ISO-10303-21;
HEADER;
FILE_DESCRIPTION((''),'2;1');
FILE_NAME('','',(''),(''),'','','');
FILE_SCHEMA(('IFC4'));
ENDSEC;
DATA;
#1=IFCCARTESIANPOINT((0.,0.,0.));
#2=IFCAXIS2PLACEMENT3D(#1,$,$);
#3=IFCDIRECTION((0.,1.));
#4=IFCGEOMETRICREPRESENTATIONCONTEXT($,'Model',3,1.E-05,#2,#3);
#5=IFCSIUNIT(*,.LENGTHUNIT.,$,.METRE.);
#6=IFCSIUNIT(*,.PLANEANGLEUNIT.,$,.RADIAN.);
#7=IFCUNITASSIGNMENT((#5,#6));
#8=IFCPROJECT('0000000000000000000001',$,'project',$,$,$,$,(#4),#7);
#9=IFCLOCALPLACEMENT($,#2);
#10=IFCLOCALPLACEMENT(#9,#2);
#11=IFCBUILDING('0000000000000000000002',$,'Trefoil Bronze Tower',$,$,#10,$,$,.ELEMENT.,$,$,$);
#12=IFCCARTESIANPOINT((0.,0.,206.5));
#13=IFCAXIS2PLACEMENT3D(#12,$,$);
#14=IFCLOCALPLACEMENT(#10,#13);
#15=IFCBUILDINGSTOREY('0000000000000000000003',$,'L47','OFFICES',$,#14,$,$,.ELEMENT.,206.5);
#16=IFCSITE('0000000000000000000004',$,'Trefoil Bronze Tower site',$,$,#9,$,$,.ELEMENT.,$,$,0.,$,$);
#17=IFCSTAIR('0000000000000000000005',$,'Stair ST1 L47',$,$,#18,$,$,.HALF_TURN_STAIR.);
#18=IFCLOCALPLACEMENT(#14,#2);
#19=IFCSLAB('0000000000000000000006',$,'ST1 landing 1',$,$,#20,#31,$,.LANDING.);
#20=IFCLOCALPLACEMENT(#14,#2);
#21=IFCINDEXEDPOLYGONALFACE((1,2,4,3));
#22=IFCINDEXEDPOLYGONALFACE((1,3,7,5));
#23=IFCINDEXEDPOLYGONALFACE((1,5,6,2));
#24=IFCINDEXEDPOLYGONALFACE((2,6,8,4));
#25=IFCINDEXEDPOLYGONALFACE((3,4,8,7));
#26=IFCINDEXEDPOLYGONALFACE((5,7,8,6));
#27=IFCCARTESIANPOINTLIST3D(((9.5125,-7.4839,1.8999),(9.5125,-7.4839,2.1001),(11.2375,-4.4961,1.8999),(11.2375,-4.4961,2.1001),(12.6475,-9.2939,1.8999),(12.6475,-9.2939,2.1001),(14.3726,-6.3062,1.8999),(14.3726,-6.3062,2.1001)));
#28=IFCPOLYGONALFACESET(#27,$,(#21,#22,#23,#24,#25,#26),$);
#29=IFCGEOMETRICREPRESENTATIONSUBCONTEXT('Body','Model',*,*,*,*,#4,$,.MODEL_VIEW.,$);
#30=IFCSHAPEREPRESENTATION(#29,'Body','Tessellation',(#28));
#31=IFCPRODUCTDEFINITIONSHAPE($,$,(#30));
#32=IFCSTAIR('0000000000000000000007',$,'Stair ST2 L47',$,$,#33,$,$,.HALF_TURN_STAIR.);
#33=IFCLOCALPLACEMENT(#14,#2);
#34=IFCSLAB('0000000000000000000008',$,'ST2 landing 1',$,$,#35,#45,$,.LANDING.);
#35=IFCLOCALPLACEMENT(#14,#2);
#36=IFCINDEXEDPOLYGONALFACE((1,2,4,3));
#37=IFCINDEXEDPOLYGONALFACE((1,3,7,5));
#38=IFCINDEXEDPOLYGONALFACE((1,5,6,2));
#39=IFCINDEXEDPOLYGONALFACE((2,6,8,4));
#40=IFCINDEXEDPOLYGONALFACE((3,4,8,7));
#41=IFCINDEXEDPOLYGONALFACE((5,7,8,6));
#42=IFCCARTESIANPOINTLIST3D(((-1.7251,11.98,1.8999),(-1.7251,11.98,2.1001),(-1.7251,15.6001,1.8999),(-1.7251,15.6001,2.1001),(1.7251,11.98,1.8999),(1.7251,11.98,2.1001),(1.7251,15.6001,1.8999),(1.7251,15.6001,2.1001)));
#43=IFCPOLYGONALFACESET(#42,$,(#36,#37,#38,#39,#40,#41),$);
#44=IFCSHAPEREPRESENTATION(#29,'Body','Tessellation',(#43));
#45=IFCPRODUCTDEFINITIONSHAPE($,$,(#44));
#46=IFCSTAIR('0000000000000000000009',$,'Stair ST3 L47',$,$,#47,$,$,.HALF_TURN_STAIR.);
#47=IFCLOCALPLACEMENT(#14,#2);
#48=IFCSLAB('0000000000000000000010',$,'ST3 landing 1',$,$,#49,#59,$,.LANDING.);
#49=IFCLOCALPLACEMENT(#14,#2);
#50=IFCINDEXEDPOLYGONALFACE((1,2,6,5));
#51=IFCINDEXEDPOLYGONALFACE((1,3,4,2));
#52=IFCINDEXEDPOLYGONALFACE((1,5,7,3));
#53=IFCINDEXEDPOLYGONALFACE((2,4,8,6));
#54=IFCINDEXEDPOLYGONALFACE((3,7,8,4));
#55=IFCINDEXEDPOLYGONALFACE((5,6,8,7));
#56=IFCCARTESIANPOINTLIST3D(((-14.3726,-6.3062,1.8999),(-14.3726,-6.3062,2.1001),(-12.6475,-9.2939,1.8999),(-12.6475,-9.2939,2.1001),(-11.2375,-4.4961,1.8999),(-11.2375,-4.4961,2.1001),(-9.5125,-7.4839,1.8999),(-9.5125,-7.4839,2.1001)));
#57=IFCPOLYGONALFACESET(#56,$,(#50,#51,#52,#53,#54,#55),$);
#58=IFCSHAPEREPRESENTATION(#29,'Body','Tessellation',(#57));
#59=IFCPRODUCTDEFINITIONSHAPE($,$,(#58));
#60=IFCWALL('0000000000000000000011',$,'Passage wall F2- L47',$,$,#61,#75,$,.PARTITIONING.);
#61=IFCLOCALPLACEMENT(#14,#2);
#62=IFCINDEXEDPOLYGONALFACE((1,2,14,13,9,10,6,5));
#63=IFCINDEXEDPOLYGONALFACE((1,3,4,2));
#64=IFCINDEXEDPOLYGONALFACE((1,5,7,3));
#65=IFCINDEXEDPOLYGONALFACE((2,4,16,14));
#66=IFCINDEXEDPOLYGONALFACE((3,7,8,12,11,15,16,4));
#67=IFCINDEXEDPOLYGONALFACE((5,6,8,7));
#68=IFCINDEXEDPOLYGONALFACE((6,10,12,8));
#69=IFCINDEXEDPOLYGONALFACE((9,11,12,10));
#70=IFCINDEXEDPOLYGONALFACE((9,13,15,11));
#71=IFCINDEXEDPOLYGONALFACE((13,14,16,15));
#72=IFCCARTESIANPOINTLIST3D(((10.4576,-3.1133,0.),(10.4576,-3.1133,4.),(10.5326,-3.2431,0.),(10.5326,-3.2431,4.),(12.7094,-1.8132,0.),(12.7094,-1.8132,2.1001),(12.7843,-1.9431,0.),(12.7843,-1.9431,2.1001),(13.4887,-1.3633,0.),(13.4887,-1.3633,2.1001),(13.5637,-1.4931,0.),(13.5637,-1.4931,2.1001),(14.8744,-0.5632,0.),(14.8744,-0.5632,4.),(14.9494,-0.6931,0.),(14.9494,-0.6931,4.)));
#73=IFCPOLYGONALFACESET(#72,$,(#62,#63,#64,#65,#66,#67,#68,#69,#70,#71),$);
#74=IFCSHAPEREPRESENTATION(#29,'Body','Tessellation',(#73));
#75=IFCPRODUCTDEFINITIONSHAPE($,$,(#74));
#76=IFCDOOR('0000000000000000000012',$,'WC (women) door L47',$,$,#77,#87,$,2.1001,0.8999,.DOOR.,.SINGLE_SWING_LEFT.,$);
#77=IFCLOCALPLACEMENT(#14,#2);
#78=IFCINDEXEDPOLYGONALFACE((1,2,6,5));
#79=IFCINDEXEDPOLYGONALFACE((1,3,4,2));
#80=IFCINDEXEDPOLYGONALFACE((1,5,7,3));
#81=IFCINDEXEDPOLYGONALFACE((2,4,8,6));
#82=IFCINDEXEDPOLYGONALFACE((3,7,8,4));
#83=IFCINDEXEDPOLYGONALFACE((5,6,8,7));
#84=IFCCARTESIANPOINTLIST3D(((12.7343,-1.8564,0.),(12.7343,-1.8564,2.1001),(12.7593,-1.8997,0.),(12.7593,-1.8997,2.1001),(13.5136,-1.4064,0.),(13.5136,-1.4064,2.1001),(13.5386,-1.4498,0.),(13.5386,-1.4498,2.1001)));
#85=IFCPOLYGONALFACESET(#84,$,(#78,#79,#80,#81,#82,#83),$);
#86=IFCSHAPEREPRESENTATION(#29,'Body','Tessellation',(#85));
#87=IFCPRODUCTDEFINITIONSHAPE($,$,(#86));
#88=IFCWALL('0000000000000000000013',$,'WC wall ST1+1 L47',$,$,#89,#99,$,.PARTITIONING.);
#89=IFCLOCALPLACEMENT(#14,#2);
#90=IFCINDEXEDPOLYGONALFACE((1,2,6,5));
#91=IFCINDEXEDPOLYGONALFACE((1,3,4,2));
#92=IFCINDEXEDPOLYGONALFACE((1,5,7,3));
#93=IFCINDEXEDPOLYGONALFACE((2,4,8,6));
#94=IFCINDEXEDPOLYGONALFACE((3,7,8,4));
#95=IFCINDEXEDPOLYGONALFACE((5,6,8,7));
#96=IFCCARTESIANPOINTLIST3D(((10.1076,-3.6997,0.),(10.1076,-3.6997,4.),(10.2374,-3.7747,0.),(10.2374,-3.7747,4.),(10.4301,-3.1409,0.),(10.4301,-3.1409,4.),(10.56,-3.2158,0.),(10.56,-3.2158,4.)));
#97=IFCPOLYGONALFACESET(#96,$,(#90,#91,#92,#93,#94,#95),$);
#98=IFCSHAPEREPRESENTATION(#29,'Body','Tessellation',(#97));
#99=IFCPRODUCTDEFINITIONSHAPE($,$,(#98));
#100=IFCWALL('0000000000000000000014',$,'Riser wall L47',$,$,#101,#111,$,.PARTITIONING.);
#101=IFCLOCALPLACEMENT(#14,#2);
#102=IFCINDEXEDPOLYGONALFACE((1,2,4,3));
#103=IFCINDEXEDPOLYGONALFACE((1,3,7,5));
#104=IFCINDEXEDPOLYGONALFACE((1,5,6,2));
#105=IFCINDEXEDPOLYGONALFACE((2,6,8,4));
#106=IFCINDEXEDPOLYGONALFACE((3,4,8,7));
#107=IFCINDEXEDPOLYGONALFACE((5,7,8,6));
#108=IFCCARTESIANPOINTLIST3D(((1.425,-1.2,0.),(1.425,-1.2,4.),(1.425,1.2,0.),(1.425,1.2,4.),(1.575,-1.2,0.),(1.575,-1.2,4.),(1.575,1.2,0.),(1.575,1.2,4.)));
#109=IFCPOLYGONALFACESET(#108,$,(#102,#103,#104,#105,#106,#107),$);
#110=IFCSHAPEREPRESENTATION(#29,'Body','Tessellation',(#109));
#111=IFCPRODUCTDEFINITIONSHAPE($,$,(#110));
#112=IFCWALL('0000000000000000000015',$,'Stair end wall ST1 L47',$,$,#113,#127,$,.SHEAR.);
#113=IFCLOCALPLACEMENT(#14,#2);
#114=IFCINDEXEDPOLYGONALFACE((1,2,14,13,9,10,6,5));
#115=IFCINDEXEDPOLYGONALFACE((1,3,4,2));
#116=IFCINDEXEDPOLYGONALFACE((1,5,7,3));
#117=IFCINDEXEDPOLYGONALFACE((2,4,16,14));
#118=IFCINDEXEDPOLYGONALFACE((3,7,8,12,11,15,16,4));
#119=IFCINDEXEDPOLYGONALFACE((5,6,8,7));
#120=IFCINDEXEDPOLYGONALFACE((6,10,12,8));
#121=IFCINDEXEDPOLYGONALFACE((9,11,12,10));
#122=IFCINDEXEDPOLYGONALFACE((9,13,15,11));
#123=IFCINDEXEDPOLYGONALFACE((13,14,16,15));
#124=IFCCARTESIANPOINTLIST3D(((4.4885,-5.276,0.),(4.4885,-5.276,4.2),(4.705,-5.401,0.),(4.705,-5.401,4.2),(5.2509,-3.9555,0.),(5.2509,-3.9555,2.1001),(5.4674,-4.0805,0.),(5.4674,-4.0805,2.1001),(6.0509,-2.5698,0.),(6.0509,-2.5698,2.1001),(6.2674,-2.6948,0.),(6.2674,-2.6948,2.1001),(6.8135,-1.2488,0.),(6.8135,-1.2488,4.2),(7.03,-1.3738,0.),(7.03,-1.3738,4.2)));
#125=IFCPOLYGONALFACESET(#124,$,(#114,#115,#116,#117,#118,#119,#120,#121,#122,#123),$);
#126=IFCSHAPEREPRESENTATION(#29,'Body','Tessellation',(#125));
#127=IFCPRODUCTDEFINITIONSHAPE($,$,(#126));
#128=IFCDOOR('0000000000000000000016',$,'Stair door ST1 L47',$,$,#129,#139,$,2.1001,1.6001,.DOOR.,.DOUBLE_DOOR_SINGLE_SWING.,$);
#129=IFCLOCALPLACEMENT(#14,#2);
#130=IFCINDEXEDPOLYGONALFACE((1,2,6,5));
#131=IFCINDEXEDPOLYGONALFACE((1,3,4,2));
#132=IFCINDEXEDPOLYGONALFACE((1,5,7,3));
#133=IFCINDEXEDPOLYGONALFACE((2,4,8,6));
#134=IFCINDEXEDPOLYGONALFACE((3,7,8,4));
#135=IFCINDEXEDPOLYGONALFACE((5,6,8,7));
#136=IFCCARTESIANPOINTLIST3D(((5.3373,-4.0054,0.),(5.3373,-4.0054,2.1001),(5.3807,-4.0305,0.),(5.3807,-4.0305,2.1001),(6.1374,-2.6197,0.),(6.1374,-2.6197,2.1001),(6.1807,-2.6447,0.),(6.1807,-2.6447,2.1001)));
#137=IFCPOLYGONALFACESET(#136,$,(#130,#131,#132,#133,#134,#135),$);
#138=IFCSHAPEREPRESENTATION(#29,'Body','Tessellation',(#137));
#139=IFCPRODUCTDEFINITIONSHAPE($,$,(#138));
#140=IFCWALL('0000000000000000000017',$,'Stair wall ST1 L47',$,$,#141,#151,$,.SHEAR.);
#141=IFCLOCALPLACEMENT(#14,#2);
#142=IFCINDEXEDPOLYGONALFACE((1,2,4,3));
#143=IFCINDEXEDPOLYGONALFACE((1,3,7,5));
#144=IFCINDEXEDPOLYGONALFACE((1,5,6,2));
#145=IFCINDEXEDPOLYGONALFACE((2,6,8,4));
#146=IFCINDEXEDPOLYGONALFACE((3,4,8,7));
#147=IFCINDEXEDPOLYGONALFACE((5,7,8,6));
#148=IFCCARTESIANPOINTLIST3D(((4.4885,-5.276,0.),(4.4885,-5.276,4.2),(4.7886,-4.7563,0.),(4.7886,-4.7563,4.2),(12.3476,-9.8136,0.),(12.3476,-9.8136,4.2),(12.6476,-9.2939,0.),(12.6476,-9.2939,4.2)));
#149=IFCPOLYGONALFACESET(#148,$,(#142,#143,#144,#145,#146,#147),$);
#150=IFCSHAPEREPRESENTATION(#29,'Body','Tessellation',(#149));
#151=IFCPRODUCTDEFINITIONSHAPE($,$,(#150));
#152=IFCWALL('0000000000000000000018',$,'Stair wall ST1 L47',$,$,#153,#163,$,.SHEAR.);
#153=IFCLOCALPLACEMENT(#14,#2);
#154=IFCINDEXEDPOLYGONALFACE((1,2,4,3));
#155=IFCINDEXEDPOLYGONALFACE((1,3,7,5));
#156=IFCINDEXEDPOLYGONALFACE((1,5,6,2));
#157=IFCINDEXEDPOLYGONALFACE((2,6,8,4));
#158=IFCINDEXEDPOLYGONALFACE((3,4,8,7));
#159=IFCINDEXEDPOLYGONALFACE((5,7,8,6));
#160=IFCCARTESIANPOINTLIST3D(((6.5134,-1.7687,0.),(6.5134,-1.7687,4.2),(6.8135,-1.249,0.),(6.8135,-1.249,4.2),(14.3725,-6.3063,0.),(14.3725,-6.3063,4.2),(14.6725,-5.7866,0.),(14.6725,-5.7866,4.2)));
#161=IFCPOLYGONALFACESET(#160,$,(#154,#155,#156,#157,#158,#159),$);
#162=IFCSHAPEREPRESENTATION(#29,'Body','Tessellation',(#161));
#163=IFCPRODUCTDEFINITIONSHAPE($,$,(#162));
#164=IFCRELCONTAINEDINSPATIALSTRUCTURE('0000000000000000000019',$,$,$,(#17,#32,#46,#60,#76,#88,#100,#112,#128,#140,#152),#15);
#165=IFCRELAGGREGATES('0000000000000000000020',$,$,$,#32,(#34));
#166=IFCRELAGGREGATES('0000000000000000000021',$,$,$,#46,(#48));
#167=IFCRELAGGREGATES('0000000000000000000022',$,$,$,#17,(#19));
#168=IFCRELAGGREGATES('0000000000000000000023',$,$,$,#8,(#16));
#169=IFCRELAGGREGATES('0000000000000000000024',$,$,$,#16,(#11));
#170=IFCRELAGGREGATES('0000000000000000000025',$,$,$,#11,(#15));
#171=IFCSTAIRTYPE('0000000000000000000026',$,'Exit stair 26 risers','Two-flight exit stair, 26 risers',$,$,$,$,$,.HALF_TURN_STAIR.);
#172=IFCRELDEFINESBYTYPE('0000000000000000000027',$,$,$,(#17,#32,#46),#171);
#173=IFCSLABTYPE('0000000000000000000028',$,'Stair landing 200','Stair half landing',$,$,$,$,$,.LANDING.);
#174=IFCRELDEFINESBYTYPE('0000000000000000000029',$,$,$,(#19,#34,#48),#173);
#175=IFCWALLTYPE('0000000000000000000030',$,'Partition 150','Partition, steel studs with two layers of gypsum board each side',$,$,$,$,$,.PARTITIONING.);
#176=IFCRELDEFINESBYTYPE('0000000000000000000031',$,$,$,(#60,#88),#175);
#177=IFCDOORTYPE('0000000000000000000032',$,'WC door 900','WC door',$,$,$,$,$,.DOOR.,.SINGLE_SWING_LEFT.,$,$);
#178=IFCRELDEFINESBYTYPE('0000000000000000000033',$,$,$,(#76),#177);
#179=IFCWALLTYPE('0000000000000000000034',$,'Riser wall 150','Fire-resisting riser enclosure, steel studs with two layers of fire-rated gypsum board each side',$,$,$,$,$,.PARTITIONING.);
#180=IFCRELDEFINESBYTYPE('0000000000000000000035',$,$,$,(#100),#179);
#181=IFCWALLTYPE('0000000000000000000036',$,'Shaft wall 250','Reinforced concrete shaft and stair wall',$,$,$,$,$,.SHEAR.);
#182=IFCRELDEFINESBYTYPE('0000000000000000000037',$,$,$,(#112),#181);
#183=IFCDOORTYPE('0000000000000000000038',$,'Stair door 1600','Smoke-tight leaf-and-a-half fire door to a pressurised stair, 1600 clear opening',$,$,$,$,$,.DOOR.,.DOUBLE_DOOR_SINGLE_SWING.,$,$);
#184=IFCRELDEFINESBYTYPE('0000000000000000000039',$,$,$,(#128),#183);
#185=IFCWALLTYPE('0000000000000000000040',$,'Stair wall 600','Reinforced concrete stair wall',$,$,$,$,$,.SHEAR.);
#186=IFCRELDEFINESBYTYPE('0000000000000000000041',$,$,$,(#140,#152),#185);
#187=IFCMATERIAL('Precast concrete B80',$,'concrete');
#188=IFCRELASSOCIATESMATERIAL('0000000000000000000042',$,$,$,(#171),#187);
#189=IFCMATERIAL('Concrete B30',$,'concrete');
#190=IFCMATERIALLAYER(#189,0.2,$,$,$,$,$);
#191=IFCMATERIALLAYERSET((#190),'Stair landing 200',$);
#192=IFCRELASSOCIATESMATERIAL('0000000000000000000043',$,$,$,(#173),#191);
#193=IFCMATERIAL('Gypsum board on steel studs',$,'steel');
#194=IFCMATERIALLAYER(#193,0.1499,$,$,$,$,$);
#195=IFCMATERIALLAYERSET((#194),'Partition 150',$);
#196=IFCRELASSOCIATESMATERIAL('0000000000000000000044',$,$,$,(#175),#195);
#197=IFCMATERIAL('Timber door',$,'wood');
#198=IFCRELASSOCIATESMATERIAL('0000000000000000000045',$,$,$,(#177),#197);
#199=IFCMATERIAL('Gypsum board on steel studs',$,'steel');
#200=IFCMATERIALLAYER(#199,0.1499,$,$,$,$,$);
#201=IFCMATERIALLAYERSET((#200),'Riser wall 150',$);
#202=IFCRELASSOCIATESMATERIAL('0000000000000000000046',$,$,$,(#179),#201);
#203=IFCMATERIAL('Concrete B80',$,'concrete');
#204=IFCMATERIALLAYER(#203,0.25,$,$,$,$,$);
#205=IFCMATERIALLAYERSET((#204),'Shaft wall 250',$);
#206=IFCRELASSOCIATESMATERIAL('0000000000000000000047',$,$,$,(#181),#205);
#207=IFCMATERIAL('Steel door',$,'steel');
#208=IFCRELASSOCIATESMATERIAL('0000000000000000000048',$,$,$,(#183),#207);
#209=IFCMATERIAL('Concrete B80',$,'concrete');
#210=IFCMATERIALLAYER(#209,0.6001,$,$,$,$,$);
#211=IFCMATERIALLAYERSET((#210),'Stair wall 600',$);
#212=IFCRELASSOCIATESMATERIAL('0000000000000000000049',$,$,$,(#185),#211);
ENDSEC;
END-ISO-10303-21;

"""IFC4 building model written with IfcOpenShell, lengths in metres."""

from ifc_helpers import new_model, si_unit, direction, frame, frame_2d, origin, place, context, subcontext, project, spatial, polyline, rectangle, outline, extrude, material, layer, layer_set, type_object, element, fill, aggregate, save


model = new_model("IFC4")

# Units and contexts
model_context = context("Model", 3, precision=1e-05, world=origin(), true_north=direction((0.0, 1.0)))
body_context = subcontext(model_context, "Body", "Model", "MODEL_VIEW")
ifc_project = project(units=[si_unit("LENGTHUNIT", "METRE"), si_unit("PLANEANGLEUNIT", "RADIAN")], contexts=[model_context])

# Site, building, storey
site_placement = place(None, origin())
site = spatial("IfcSite", under=ifc_project, at=site_placement, Name="Trefoil Bronze Tower site", CompositionType="ELEMENT", RefElevation=0.0)
building_placement = place(site_placement, origin())
building = spatial("IfcBuilding", under=site, at=building_placement, Name="Trefoil Bronze Tower", CompositionType="ELEMENT")
storey_placement = place(building_placement, frame((0.0, 0.0, 206.5)))
storey = spatial("IfcBuildingStorey", under=building, at=storey_placement, Name="L47", Description="OFFICES", CompositionType="ELEMENT", Elevation=206.5)

# Stairs, slabs
ifc_material_1 = material(Name="Precast concrete B80", Category="concrete")
stair_type = type_object("IfcStairType", Name="Exit stair 26 risers", Description="Two-flight exit stair, 26 risers", PredefinedType="HALF_TURN_STAIR", material=ifc_material_1)
stair_1_placement = place(storey_placement, origin())
stair_1 = element("IfcStair", 1, at=stair_1_placement, inside=storey, type_object=stair_type, Name="Stair ST1 L47", PredefinedType="HALF_TURN_STAIR")
ifc_material_2 = material(Name="Concrete B30", Category="concrete")
ifc_layer_1 = layer(ifc_material_2, 0.2)
ifc_layer_set_1 = layer_set([ifc_layer_1], Name="Stair landing 200")
slab_type = type_object("IfcSlabType", Name="Stair landing 200", Description="Stair half landing", PredefinedType="LANDING", material=ifc_layer_set_1)
slab_1_placement = place(storey_placement, frame((0.0, 0.0, 1.8999)))
slab_1 = element("IfcSlab", 2, at=slab_1_placement, type_object=slab_type, Name="ST1 landing 1", PredefinedType="LANDING", context=body_context, shape_type="SweptSolid", body=[
    extrude(outline(polyline([(9.5125, -7.4839), (12.6475, -9.2939), (14.3726, -6.3062), (11.2375, -4.4961), (9.5125, -7.4839)])), origin(), (0.0, 0.0, 1.0), 0.2002),
])
stair_2_placement = place(storey_placement, origin())
stair_2 = element("IfcStair", 3, at=stair_2_placement, inside=storey, type_object=stair_type, Name="Stair ST2 L47", PredefinedType="HALF_TURN_STAIR")
slab_2_placement = place(storey_placement, frame((0.0, 0.0, 1.8999)))
slab_2 = element("IfcSlab", 4, at=slab_2_placement, type_object=slab_type, Name="ST2 landing 1", PredefinedType="LANDING", context=body_context, shape_type="SweptSolid", body=[
    extrude(outline(polyline([(1.7251, 11.98), (1.7251, 15.6001), (-1.7251, 15.6001), (-1.7251, 11.98), (1.7251, 11.98)])), origin(), (0.0, 0.0, 1.0), 0.2002),
])
aggregate(stair_2, [slab_2])
stair_3_placement = place(storey_placement, origin())
stair_3 = element("IfcStair", 5, at=stair_3_placement, inside=storey, type_object=stair_type, Name="Stair ST3 L47", PredefinedType="HALF_TURN_STAIR")
slab_3_placement = place(storey_placement, frame((0.0, 0.0, 1.8999)))
slab_3 = element("IfcSlab", 6, at=slab_3_placement, type_object=slab_type, Name="ST3 landing 1", PredefinedType="LANDING", context=body_context, shape_type="SweptSolid", body=[
    extrude(outline(polyline([(-11.2375, -4.4961), (-14.3726, -6.3062), (-12.6475, -9.2939), (-9.5125, -7.4839), (-11.2375, -4.4961)])), origin(), (0.0, 0.0, 1.0), 0.2002),
])
aggregate(stair_3, [slab_3])

# Wall, opening, door
ifc_material_3 = material(Name="Gypsum board on steel studs", Category="steel")
ifc_layer_2 = layer(ifc_material_3, 0.1499)
ifc_layer_set_2 = layer_set([ifc_layer_2], Name="Partition 150")
wall_type_1 = type_object("IfcWallType", Name="Partition 150", Description="Partition, steel studs with two layers of gypsum board each side", PredefinedType="PARTITIONING", material=ifc_layer_set_2)
wall_1_placement = place(storey_placement, frame((10.4951, -3.1782, 0.0), z_axis=(0.0, 0.0, 1.0), x_axis=(0.866022, 0.500006, 0.0)))
wall_1 = element("IfcWall", 7, at=wall_1_placement, inside=storey, type_object=wall_type_1, Name="Passage wall F2- L47", PredefinedType="PARTITIONING", context=body_context, shape_type="SweptSolid", body=[
    extrude(rectangle(XDim=5.1001, YDim=0.1499, at=frame_2d((2.55, 0.0))), origin(), (0.0, 0.0, 1.0), 4.0),
])
opening_1_placement = place(wall_1_placement, frame((2.6001, 0.0, 0.0)))
opening_1 = element("IfcOpeningElement", 8, at=opening_1_placement, cuts=wall_1, PredefinedType="OPENING", context=body_context, shape_type="SweptSolid", body=[
    extrude(rectangle(XDim=0.8999, YDim=2.1001, at=frame_2d((0.45, 1.05))), frame((0.0, 0.085, 0.0), z_axis=(0.0, -1.0, 0.0), x_axis=(1.0, 0.0, 0.0)), (0.0, 0.0, 1.0), 0.1699),
])
ifc_material_4 = material(Name="Timber door", Category="wood")
door_type_1 = type_object("IfcDoorType", Name="WC door 900", Description="WC door", OperationType="SINGLE_SWING_LEFT", PredefinedType="DOOR", material=ifc_material_4)
door_1_placement = place(opening_1_placement, frame((0.8999, 0.0, 0.0), z_axis=(0.0, 0.0, 1.0), x_axis=(-1.0, 0.0, 0.0)))
door_1 = element("IfcDoor", 9, at=door_1_placement, inside=storey, type_object=door_type_1, Name="WC (women) door L47", OperationType="SINGLE_SWING_LEFT", OverallHeight=2.1001, OverallWidth=0.8999, PredefinedType="DOOR", context=body_context, shape_type="SweptSolid", body=[
    extrude(rectangle(XDim=0.8999, YDim=2.1001, at=frame_2d((0.45, 1.05))), frame((0.0, 0.0249, 0.0), z_axis=(0.0, -1.0, 0.0), x_axis=(1.0, 0.0, 0.0)), (0.0, 0.0, 1.0), 0.05),
])
fill(opening_1, door_1)

# Walls
wall_2_placement = place(storey_placement, frame((10.4951, -3.1782, 0.0), z_axis=(0.0, 0.0, 1.0), x_axis=(-0.499843, -0.866116, 0.0)))
element("IfcWall", 10, at=wall_2_placement, inside=storey, type_object=wall_type_1, Name="WC wall ST1+1 L47", PredefinedType="PARTITIONING", context=body_context, shape_type="SweptSolid", body=[
    extrude(rectangle(XDim=0.6453, YDim=0.1499, at=frame_2d((0.3228, 0.0))), origin(), (0.0, 0.0, 1.0), 4.0),
])
ifc_material_5 = material(Name="Gypsum board on steel studs", Category="steel")
ifc_layer_3 = layer(ifc_material_5, 0.1499)
ifc_layer_set_3 = layer_set([ifc_layer_3], Name="Riser wall 150")
wall_type_2 = type_object("IfcWallType", Name="Riser wall 150", Description="Fire-resisting riser enclosure, steel studs with two layers of fire-rated gypsum board each side", PredefinedType="PARTITIONING", material=ifc_layer_set_3)
wall_3_placement = place(storey_placement, frame((1.5, -1.2, 0.0), z_axis=(0.0, 0.0, 1.0), x_axis=(0.0, 1.0, 0.0)))
element("IfcWall", 11, at=wall_3_placement, inside=storey, type_object=wall_type_2, Name="Riser wall L47", PredefinedType="PARTITIONING", context=body_context, shape_type="SweptSolid", body=[
    extrude(rectangle(XDim=2.3999, YDim=0.1499, at=frame_2d((1.2, 0.0))), origin(), (0.0, 0.0, 1.0), 4.0),
])

# Wall, opening, door
ifc_material_6 = material(Name="Concrete B80", Category="concrete")
ifc_layer_4 = layer(ifc_material_6, 0.25)
ifc_layer_set_4 = layer_set([ifc_layer_4], Name="Shaft wall 250")
wall_type_3 = type_object("IfcWallType", Name="Shaft wall 250", Description="Reinforced concrete shaft and stair wall", PredefinedType="SHEAR", material=ifc_layer_set_4)
wall_4_placement = place(storey_placement, frame((4.5967, -5.3386, 0.0), z_axis=(0.0, 0.0, 1.0), x_axis=(0.499985, 0.866034, 0.0)))
wall_4 = element("IfcWall", 12, at=wall_4_placement, inside=storey, type_object=wall_type_3, Name="Stair end wall ST1 L47", PredefinedType="SHEAR", context=body_context, shape_type="SweptSolid", body=[
    extrude(rectangle(XDim=4.6501, YDim=0.25, at=frame_2d((2.3252, 0.0))), origin(), (0.0, 0.0, 1.0), 4.2),
])
opening_2_placement = place(wall_4_placement, frame((1.5249, 0.0, 0.0)))
opening_2 = element("IfcOpeningElement", 13, at=opening_2_placement, cuts=wall_4, PredefinedType="OPENING", context=body_context, shape_type="SweptSolid", body=[
    extrude(rectangle(XDim=1.6001, YDim=2.1001, at=frame_2d((0.8, 1.05))), frame((0.0, 0.135, 0.0), z_axis=(0.0, -1.0, 0.0), x_axis=(1.0, 0.0, 0.0)), (0.0, 0.0, 1.0), 0.27),
])
ifc_material_7 = material(Name="Steel door", Category="steel")
door_type_2 = type_object("IfcDoorType", Name="Stair door 1600", Description="Smoke-tight leaf-and-a-half fire door to a pressurised stair, 1600 clear opening", OperationType="DOUBLE_DOOR_SINGLE_SWING", PredefinedType="DOOR", material=ifc_material_7)
door_2_placement = place(opening_2_placement, frame((1.6001, 0.0, 0.0), z_axis=(0.0, 0.0, 1.0), x_axis=(-1.0, 0.0, 0.0)))
door_2 = element("IfcDoor", 14, at=door_2_placement, inside=storey, type_object=door_type_2, Name="Stair door ST1 L47", OperationType="DOUBLE_DOOR_SINGLE_SWING", OverallHeight=2.1001, OverallWidth=1.6001, PredefinedType="DOOR", context=body_context, shape_type="SweptSolid", body=[
    extrude(rectangle(XDim=1.6001, YDim=2.1001, at=frame_2d((0.8, 1.05))), frame((0.0, 0.0249, 0.0), z_axis=(0.0, -1.0, 0.0), x_axis=(1.0, 0.0, 0.0)), (0.0, 0.0, 1.0), 0.05),
])
fill(opening_2, door_2)

# Walls
ifc_material_8 = material(Name="Concrete B80", Category="concrete")
ifc_layer_5 = layer(ifc_material_8, 0.6001)
ifc_layer_set_5 = layer_set([ifc_layer_5], Name="Stair wall 600")
wall_type_4 = type_object("IfcWallType", Name="Stair wall 600", Description="Reinforced concrete stair wall", PredefinedType="SHEAR", material=ifc_layer_set_5)
for number, where, z_axis, x_axis, name in (
    (15, (4.6384, -5.0161, 0.0), (0.0, 0.0, 1.0), (0.866019, -0.50001, 0.0), "Stair wall ST1 L47"),
    (16, (6.6633, -1.5088, 0.0), (0.0, 0.0, 1.0), (0.866019, -0.50001, 0.0), "Stair wall ST1 L47"),
):
    element("IfcWall", number, at=place(storey_placement, frame(where, z_axis=z_axis, x_axis=x_axis)), inside=storey, type_object=wall_type_4, Name=name, PredefinedType="SHEAR", context=body_context, shape_type="SweptSolid", body=[
        extrude(rectangle(XDim=9.075, YDim=0.6001, at=frame_2d((4.5376, 0.0))), origin(), (0.0, 0.0, 1.0), 4.2),
    ])

aggregate(stair_1, [slab_1])

save(model, "model.ifc")
